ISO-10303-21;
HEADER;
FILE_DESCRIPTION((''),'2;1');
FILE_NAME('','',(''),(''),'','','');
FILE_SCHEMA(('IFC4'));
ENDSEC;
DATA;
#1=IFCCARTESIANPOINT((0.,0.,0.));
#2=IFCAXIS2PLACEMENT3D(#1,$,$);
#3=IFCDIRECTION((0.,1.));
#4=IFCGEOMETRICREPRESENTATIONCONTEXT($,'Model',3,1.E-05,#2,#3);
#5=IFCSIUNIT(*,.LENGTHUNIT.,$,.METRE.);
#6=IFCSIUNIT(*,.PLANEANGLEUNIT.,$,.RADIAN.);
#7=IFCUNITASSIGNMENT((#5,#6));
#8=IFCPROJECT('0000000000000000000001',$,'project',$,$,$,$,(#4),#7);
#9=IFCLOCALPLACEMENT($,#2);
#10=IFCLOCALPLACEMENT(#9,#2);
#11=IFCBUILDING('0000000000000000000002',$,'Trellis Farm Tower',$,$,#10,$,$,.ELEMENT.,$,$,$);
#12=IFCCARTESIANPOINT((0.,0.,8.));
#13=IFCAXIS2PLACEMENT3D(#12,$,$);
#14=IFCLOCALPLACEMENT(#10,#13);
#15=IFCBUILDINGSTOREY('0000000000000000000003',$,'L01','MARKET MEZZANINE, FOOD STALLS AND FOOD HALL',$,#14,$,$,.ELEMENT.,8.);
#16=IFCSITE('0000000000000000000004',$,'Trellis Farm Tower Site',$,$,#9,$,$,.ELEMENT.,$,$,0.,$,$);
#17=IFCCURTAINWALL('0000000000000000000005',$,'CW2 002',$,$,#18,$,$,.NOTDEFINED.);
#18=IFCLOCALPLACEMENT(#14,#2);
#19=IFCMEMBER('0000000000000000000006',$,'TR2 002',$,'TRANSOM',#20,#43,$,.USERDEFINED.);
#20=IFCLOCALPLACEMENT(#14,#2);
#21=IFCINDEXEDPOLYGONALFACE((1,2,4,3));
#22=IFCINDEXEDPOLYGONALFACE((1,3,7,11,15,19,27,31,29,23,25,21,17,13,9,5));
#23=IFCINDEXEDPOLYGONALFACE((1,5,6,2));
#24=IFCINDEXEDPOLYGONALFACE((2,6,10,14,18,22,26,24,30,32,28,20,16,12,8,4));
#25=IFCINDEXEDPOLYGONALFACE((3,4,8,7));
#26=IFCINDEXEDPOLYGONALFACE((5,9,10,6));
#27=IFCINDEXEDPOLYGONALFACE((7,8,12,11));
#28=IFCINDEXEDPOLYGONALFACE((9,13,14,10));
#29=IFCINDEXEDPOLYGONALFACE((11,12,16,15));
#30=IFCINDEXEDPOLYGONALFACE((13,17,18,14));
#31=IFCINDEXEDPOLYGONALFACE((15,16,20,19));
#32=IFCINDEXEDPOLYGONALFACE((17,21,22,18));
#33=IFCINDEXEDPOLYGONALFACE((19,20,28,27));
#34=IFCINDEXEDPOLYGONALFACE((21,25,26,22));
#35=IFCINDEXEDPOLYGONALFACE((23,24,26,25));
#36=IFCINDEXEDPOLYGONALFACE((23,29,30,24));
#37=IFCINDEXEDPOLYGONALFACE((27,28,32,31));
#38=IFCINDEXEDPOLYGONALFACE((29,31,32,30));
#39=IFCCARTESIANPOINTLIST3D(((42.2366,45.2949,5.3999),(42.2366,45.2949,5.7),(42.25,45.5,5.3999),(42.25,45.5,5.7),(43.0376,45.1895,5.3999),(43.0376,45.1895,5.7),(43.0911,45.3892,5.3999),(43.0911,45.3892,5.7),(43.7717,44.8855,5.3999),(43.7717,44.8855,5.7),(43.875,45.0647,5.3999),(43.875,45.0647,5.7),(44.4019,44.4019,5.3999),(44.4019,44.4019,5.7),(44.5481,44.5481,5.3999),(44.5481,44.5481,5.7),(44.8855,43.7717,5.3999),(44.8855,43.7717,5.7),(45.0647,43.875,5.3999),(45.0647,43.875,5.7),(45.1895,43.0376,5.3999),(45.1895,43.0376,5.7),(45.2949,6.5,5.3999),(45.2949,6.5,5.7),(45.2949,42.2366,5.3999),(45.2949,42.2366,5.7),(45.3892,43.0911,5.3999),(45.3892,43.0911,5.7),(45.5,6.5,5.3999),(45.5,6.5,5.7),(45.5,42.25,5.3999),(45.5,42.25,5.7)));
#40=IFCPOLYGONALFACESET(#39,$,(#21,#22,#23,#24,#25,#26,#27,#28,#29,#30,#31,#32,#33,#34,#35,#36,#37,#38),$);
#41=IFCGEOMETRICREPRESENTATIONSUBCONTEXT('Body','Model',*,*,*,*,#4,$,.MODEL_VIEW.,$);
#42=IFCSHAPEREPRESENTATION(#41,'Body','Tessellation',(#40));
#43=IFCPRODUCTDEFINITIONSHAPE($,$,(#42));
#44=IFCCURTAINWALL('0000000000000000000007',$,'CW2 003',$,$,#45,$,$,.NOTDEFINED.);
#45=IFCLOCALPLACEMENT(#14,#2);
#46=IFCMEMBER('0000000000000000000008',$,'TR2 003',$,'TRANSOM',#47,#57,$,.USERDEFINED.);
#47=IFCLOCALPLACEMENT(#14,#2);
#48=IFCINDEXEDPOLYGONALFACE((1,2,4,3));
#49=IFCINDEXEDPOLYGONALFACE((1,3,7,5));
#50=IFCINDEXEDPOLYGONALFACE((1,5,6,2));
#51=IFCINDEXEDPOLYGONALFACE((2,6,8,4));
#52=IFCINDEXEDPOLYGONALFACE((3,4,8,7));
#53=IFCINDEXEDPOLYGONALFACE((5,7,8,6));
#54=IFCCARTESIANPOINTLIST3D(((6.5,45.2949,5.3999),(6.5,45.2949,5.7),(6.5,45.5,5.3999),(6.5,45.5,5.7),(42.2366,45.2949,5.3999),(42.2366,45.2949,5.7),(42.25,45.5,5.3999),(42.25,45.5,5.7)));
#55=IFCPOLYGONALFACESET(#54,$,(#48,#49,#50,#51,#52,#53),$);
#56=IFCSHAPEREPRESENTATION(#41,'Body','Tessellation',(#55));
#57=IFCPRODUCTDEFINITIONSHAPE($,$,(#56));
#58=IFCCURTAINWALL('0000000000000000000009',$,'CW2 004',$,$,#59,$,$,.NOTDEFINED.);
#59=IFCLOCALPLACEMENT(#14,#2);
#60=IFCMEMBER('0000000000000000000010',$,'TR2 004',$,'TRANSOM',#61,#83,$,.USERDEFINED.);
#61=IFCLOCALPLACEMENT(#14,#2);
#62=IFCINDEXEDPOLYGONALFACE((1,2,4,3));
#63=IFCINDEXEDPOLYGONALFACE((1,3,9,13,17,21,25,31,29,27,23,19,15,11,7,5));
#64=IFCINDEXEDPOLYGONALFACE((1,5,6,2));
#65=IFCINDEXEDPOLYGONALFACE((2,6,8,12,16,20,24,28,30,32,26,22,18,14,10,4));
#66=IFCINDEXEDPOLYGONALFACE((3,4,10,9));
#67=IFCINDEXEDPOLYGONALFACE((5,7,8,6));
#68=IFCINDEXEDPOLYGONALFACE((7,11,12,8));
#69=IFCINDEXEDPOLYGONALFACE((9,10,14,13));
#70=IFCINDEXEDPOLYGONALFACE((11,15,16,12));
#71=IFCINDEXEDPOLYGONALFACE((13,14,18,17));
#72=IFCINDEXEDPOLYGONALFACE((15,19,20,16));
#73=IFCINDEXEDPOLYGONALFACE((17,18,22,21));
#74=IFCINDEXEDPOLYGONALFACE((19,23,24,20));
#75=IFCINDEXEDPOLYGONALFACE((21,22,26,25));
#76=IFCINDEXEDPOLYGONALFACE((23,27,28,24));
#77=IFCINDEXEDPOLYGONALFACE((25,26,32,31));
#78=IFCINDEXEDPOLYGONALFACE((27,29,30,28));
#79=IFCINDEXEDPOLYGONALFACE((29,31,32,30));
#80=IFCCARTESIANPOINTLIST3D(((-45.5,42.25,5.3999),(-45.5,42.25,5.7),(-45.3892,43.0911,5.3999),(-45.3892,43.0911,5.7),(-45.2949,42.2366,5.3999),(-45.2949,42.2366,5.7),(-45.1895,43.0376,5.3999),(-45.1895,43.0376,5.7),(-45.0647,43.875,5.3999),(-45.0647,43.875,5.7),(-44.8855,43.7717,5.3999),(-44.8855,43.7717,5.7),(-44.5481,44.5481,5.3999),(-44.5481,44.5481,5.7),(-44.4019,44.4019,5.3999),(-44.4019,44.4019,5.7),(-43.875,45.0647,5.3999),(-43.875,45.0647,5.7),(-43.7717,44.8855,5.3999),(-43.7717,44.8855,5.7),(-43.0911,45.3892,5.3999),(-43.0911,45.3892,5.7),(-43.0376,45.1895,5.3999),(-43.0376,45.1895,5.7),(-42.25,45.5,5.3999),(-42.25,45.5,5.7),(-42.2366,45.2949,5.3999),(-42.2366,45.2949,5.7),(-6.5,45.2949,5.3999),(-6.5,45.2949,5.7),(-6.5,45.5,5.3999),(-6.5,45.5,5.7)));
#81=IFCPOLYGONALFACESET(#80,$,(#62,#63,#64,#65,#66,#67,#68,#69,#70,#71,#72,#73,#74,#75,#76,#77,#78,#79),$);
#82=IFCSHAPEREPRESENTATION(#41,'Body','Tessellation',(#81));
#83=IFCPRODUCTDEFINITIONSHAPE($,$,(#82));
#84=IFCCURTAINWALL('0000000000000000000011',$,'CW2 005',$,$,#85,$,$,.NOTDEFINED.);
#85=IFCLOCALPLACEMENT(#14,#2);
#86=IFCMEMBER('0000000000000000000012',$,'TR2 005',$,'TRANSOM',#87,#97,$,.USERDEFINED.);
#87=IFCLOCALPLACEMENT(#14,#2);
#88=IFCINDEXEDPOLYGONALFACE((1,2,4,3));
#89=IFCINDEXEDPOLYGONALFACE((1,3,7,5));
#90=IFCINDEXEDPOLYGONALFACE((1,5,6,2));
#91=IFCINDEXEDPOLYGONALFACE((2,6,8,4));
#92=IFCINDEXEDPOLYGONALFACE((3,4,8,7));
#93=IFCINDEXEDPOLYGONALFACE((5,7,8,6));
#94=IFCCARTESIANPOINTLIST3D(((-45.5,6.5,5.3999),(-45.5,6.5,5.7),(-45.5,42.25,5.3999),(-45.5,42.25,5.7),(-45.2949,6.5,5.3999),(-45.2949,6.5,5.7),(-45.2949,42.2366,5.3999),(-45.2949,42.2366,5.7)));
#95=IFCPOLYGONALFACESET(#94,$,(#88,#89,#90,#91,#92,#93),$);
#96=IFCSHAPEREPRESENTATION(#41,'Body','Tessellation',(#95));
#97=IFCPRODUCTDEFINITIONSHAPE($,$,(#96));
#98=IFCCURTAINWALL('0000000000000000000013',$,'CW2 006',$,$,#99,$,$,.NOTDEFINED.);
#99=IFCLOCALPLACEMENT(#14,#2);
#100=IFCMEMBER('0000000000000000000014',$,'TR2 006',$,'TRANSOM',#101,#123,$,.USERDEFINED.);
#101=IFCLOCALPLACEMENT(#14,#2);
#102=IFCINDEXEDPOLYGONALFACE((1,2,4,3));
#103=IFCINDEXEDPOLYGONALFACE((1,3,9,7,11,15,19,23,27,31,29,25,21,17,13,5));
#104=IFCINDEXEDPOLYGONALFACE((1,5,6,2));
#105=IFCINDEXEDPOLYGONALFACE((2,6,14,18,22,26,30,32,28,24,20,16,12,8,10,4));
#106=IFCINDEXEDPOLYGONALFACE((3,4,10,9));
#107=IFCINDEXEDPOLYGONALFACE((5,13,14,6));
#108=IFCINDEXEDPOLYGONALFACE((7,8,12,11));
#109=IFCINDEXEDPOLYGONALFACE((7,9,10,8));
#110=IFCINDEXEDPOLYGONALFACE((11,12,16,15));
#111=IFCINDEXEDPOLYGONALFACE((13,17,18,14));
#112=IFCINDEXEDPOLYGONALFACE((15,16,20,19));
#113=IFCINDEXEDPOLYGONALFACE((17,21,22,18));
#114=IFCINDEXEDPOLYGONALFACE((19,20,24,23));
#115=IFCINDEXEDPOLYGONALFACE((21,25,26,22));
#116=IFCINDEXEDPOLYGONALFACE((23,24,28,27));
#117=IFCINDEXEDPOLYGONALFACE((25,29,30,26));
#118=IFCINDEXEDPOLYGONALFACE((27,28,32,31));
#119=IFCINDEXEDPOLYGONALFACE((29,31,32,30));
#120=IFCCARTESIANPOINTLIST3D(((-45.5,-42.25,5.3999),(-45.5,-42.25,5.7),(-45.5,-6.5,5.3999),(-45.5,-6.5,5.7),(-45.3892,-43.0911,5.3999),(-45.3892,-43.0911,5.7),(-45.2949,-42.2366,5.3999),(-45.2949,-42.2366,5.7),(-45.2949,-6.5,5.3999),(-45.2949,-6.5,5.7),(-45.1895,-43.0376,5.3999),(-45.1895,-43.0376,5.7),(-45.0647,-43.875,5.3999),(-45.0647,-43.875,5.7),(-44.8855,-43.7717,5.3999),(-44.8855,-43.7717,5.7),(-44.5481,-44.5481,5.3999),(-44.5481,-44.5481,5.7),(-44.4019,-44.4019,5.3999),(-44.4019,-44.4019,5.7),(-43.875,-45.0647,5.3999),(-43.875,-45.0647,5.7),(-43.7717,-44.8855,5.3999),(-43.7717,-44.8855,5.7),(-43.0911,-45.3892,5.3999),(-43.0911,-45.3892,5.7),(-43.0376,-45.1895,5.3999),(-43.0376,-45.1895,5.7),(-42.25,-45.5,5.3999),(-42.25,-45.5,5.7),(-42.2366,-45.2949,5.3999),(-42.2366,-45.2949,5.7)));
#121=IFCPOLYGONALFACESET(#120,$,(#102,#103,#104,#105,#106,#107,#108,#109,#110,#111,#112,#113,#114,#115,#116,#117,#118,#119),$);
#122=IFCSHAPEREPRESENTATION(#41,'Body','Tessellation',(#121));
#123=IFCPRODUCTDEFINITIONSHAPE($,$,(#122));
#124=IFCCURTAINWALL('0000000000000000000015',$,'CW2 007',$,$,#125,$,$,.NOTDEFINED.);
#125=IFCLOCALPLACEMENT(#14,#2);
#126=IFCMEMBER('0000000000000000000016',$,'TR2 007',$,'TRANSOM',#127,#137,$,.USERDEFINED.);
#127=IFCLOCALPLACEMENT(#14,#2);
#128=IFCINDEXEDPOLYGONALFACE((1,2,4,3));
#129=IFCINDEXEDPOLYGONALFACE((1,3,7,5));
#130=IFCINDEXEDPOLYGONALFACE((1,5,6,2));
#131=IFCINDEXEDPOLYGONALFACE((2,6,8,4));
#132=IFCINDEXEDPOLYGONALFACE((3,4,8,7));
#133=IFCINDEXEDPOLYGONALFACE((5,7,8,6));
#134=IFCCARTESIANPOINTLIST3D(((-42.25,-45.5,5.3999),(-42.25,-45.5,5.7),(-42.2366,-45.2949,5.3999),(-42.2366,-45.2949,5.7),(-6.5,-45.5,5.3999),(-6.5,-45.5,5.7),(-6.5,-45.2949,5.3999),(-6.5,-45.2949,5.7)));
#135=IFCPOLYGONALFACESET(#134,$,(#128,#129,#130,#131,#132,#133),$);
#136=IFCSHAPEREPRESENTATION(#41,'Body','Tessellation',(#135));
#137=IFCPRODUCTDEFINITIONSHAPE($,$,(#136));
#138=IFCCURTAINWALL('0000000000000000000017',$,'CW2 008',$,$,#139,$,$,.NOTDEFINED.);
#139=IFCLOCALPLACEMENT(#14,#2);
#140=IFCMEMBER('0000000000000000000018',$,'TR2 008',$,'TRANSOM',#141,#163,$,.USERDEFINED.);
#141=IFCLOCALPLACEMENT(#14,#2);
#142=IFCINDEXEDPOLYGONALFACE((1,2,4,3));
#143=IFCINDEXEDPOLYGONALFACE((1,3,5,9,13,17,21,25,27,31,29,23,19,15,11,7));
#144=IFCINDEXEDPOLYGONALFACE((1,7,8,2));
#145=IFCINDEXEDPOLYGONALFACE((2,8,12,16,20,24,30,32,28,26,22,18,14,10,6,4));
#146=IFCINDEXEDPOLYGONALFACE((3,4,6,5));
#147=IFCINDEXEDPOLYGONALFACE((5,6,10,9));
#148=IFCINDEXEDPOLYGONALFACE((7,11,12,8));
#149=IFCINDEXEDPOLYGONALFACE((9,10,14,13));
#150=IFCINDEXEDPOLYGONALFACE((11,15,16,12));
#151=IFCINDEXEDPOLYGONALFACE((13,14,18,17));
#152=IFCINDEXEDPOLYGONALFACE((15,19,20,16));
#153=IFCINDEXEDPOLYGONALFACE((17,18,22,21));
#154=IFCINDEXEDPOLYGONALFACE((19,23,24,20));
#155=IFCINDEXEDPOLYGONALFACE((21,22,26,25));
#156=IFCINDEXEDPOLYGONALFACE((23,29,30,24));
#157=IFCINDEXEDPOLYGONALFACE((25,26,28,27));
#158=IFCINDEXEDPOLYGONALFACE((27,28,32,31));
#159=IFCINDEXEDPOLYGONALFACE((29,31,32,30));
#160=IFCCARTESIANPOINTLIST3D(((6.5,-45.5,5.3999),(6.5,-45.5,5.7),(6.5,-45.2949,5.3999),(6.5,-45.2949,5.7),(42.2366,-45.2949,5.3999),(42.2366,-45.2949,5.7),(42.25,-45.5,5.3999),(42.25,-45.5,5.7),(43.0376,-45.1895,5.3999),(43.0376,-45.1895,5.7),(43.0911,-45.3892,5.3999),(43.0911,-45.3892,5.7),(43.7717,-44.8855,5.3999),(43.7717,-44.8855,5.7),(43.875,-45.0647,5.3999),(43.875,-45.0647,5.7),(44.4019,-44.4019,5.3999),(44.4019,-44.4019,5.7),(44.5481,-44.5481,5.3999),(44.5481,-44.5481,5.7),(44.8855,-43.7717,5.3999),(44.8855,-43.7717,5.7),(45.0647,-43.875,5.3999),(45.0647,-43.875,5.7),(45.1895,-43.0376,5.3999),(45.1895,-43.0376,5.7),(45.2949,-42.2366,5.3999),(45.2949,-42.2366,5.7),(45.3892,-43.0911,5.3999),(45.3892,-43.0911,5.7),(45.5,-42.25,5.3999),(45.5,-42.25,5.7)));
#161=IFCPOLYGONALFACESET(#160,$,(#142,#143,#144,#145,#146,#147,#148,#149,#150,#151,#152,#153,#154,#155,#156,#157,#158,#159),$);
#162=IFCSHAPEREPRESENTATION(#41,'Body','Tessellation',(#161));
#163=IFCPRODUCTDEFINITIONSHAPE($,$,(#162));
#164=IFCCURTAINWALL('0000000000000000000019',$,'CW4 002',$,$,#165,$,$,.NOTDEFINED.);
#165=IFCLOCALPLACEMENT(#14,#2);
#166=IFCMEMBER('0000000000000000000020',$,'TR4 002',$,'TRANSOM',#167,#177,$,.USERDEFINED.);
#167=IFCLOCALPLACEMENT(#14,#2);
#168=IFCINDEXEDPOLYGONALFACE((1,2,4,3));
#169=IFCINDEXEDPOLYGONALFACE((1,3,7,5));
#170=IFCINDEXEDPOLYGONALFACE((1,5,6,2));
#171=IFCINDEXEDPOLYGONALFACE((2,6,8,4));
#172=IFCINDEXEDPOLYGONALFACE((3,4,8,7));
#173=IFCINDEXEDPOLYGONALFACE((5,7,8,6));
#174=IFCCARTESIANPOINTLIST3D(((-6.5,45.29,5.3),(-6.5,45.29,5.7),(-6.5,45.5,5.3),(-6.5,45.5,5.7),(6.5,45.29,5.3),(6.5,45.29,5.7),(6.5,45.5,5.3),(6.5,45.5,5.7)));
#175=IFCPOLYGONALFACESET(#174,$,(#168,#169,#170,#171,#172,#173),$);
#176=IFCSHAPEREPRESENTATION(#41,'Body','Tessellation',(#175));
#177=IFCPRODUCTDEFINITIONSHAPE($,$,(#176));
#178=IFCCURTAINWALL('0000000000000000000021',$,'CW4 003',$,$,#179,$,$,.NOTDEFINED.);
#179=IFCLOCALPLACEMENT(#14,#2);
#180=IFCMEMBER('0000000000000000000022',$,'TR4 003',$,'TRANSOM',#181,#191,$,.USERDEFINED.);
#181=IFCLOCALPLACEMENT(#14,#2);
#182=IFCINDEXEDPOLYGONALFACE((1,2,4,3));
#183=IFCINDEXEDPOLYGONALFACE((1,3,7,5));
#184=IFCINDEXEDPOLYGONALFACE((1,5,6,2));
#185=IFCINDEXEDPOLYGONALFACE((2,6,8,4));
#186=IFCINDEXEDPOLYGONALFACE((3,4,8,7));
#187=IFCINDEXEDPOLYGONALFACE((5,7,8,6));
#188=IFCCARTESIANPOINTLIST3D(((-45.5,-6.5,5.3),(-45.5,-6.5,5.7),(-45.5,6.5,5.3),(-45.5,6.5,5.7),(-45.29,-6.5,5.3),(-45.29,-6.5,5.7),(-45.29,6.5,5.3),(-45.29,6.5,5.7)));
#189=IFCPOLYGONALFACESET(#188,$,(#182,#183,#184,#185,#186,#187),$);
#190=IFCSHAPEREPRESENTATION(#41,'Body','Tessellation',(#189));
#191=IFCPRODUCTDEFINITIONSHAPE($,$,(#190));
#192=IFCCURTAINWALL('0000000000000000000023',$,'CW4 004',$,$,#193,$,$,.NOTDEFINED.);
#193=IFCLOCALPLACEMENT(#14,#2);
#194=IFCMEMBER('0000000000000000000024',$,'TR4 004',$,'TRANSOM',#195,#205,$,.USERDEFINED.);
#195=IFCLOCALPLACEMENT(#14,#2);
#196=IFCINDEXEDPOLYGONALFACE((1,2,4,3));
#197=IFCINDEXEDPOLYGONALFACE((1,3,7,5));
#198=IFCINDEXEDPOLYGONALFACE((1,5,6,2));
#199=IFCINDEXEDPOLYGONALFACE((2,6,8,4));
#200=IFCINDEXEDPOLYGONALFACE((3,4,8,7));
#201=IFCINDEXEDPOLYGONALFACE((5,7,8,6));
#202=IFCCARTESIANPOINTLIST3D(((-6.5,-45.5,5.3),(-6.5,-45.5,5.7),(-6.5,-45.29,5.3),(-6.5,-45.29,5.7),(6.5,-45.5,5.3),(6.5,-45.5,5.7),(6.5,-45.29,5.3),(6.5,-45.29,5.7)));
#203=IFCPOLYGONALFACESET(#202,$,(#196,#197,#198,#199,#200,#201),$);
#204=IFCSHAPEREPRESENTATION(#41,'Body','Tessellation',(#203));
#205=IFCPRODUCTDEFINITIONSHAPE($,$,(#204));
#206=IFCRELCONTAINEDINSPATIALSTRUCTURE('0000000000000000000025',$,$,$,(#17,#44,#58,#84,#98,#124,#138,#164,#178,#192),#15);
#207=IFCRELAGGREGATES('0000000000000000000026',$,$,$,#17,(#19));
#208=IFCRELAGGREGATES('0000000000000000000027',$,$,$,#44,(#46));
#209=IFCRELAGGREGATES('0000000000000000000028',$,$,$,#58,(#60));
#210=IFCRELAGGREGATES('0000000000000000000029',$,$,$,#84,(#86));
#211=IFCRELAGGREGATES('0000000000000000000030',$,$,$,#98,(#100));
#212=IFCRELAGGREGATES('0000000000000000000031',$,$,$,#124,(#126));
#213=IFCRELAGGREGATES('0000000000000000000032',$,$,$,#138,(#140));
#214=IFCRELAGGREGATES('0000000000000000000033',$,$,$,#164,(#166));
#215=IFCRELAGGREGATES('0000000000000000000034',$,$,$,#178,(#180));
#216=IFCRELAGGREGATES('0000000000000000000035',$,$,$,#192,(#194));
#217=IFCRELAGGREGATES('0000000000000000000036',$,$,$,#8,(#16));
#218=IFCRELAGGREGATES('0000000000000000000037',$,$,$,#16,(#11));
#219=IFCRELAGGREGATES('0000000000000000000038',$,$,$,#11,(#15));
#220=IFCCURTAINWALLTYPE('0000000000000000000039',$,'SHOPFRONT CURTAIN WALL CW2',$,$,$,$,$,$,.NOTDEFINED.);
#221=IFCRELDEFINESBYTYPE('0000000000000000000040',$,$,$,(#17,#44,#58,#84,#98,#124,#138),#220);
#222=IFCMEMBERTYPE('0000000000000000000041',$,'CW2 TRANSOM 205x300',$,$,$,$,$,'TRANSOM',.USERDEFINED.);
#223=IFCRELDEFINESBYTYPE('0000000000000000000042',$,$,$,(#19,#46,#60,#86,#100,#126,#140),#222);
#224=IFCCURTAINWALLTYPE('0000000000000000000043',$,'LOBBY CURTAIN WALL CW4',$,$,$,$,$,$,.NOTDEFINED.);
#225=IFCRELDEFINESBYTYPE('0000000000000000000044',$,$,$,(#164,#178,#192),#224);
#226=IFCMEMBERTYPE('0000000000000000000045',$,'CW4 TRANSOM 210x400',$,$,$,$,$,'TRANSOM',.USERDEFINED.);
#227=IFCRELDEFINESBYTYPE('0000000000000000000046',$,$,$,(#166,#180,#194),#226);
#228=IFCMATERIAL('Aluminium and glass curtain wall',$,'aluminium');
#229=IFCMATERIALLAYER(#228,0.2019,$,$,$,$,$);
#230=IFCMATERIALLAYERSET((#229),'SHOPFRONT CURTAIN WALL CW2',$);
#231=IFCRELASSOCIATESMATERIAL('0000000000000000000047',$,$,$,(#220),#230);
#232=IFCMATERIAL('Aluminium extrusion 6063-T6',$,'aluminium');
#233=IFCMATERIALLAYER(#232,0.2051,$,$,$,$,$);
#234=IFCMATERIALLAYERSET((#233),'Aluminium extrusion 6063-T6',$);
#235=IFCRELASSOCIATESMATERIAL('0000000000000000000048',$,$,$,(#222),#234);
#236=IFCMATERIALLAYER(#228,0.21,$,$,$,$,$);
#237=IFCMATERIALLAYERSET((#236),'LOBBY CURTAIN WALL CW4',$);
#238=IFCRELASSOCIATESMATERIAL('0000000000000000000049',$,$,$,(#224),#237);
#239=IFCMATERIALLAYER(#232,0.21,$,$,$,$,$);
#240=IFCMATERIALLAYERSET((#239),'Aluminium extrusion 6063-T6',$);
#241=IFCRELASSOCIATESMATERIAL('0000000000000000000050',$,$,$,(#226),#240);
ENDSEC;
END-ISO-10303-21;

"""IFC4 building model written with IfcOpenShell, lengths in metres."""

from ifc_helpers import new_model, si_unit, direction, frame, origin, place, context, subcontext, project, spatial, polyline, outline, extrude, material, layer, layer_set, type_object, element, aggregate, save


model = new_model("IFC4")

# Units and contexts
model_context = context("Model", 3, precision=1e-05, world=origin(), true_north=direction((0.0, 1.0)))
body_context = subcontext(model_context, "Body", "Model", "MODEL_VIEW")
ifc_project = project(units=[si_unit("LENGTHUNIT", "METRE"), si_unit("PLANEANGLEUNIT", "RADIAN")], contexts=[model_context])

# Site, building, storey
site_placement = place(None, origin())
site = spatial("IfcSite", under=ifc_project, at=site_placement, Name="Trellis Farm Tower Site", CompositionType="ELEMENT", RefElevation=0.0)
building_placement = place(site_placement, origin())
building = spatial("IfcBuilding", under=site, at=building_placement, Name="Trellis Farm Tower", CompositionType="ELEMENT")
storey_placement = place(building_placement, frame((0.0, 0.0, 8.0)))
storey = spatial("IfcBuildingStorey", under=building, at=storey_placement, Name="L01", Description="MARKET MEZZANINE, FOOD STALLS AND FOOD HALL", CompositionType="ELEMENT", Elevation=8.0)

# Curtain walls, members
ifc_material_1 = material(Name="Aluminium and glass curtain wall", Category="aluminium")
ifc_layer_1 = layer(ifc_material_1, 0.2019)
ifc_layer_set_1 = layer_set([ifc_layer_1], Name="SHOPFRONT CURTAIN WALL CW2")
curtain_wall_type_1 = type_object("IfcCurtainWallType", Name="SHOPFRONT CURTAIN WALL CW2", PredefinedType="NOTDEFINED", material=ifc_layer_set_1)
placement_1 = place(storey_placement, origin())
curtain_wall_1 = element("IfcCurtainWall", 1, at=placement_1, inside=storey, type_object=curtain_wall_type_1, Name="CW2 002", PredefinedType="NOTDEFINED")
ifc_material_2 = material(Name="Aluminium extrusion 6063-T6", Category="aluminium")
ifc_layer_2 = layer(ifc_material_2, 0.2051)
ifc_layer_set_2 = layer_set([ifc_layer_2], Name="Aluminium extrusion 6063-T6")
member_type_1 = type_object("IfcMemberType", Name="CW2 TRANSOM 205x300", ElementType="TRANSOM", PredefinedType="USERDEFINED", material=ifc_layer_set_2)
placement_2 = place(storey_placement, frame((0.0, 0.0, 5.3999)))
member_1 = element("IfcMember", 2, at=placement_2, type_object=member_type_1, Name="TR2 002", ObjectType="TRANSOM", PredefinedType="USERDEFINED", context=body_context, shape_type="SweptSolid", body=[
    extrude(outline(polyline([(45.5, 6.5), (45.5, 42.25), (45.3892, 43.0911), (45.0647, 43.875), (44.5481, 44.5481), (43.875, 45.0647), (43.0911, 45.3892), (42.25, 45.5), (42.2366, 45.2949), (43.0376, 45.1895), (43.7717, 44.8855), (44.4019, 44.4019), (44.8855, 43.7717), (45.1895, 43.0376), (45.2949, 42.2366), (45.2949, 6.5), (45.5, 6.5)])), origin(), (0.0, 0.0, 1.0), 0.3),
])
aggregate(curtain_wall_1, [member_1])
curtain_wall_2 = element("IfcCurtainWall", 3, at=placement_1, inside=storey, type_object=curtain_wall_type_1, Name="CW2 003", PredefinedType="NOTDEFINED")
member_2 = element("IfcMember", 4, at=placement_2, type_object=member_type_1, Name="TR2 003", ObjectType="TRANSOM", PredefinedType="USERDEFINED", context=body_context, shape_type="SweptSolid", body=[
    extrude(outline(polyline([(42.25, 45.5), (6.5, 45.5), (6.5, 45.2949), (42.2366, 45.2949), (42.25, 45.5)])), origin(), (0.0, 0.0, 1.0), 0.3),
])
curtain_wall_3 = element("IfcCurtainWall", 5, at=placement_1, inside=storey, type_object=curtain_wall_type_1, Name="CW2 004", PredefinedType="NOTDEFINED")
member_3 = element("IfcMember", 6, at=placement_2, type_object=member_type_1, Name="TR2 004", ObjectType="TRANSOM", PredefinedType="USERDEFINED", context=body_context, shape_type="SweptSolid", body=[
    extrude(outline(polyline([(-6.5, 45.5), (-42.25, 45.5), (-43.0911, 45.3892), (-43.875, 45.0647), (-44.5481, 44.5481), (-45.0647, 43.875), (-45.3892, 43.0911), (-45.5, 42.25), (-45.2949, 42.2366), (-45.1895, 43.0376), (-44.8855, 43.7717), (-44.4019, 44.4019), (-43.7717, 44.8855), (-43.0376, 45.1895), (-42.2366, 45.2949), (-6.5, 45.2949), (-6.5, 45.5)])), origin(), (0.0, 0.0, 1.0), 0.3),
])
curtain_wall_4 = element("IfcCurtainWall", 7, at=placement_1, inside=storey, type_object=curtain_wall_type_1, Name="CW2 005", PredefinedType="NOTDEFINED")
member_4 = element("IfcMember", 8, at=placement_2, type_object=member_type_1, Name="TR2 005", ObjectType="TRANSOM", PredefinedType="USERDEFINED", context=body_context, shape_type="SweptSolid", body=[
    extrude(outline(polyline([(-45.5, 42.25), (-45.5, 6.5), (-45.2949, 6.5), (-45.2949, 42.2366), (-45.5, 42.25)])), origin(), (0.0, 0.0, 1.0), 0.3),
])
curtain_wall_5 = element("IfcCurtainWall", 9, at=placement_1, inside=storey, type_object=curtain_wall_type_1, Name="CW2 006", PredefinedType="NOTDEFINED")
member_5 = element("IfcMember", 10, at=placement_2, type_object=member_type_1, Name="TR2 006", ObjectType="TRANSOM", PredefinedType="USERDEFINED", context=body_context, shape_type="SweptSolid", body=[
    extrude(outline(polyline([(-45.5, -6.5), (-45.5, -42.25), (-45.3892, -43.0911), (-45.0647, -43.875), (-44.5481, -44.5481), (-43.875, -45.0647), (-43.0911, -45.3892), (-42.25, -45.5), (-42.2366, -45.2949), (-43.0376, -45.1895), (-43.7717, -44.8855), (-44.4019, -44.4019), (-44.8855, -43.7717), (-45.1895, -43.0376), (-45.2949, -42.2366), (-45.2949, -6.5), (-45.5, -6.5)])), origin(), (0.0, 0.0, 1.0), 0.3),
])
curtain_wall_6 = element("IfcCurtainWall", 11, at=placement_1, inside=storey, type_object=curtain_wall_type_1, Name="CW2 007", PredefinedType="NOTDEFINED")
member_6 = element("IfcMember", 12, at=placement_2, type_object=member_type_1, Name="TR2 007", ObjectType="TRANSOM", PredefinedType="USERDEFINED", context=body_context, shape_type="SweptSolid", body=[
    extrude(outline(polyline([(-42.25, -45.5), (-6.5, -45.5), (-6.5, -45.2949), (-42.2366, -45.2949), (-42.25, -45.5)])), origin(), (0.0, 0.0, 1.0), 0.3),
])
curtain_wall_7 = element("IfcCurtainWall", 13, at=placement_1, inside=storey, type_object=curtain_wall_type_1, Name="CW2 008", PredefinedType="NOTDEFINED")
member_7 = element("IfcMember", 14, at=placement_2, type_object=member_type_1, Name="TR2 008", ObjectType="TRANSOM", PredefinedType="USERDEFINED", context=body_context, shape_type="SweptSolid", body=[
    extrude(outline(polyline([(6.5, -45.5), (42.25, -45.5), (43.0911, -45.3892), (43.875, -45.0647), (44.5481, -44.5481), (45.0647, -43.875), (45.3892, -43.0911), (45.5, -42.25), (45.2949, -42.2366), (45.1895, -43.0376), (44.8855, -43.7717), (44.4019, -44.4019), (43.7717, -44.8855), (43.0376, -45.1895), (42.2366, -45.2949), (6.5, -45.2949), (6.5, -45.5)])), origin(), (0.0, 0.0, 1.0), 0.3),
])
ifc_layer_3 = layer(ifc_material_1, 0.21)
ifc_layer_set_3 = layer_set([ifc_layer_3], Name="LOBBY CURTAIN WALL CW4")
curtain_wall_type_2 = type_object("IfcCurtainWallType", Name="LOBBY CURTAIN WALL CW4", PredefinedType="NOTDEFINED", material=ifc_layer_set_3)
curtain_wall_8 = element("IfcCurtainWall", 15, at=placement_1, inside=storey, type_object=curtain_wall_type_2, Name="CW4 002", PredefinedType="NOTDEFINED")
ifc_layer_4 = layer(ifc_material_2, 0.21)
ifc_layer_set_4 = layer_set([ifc_layer_4], Name="Aluminium extrusion 6063-T6")
member_type_2 = type_object("IfcMemberType", Name="CW4 TRANSOM 210x400", ElementType="TRANSOM", PredefinedType="USERDEFINED", material=ifc_layer_set_4)
placement_3 = place(storey_placement, frame((0.0, 0.0, 5.3)))
member_8 = element("IfcMember", 16, at=placement_3, type_object=member_type_2, Name="TR4 002", ObjectType="TRANSOM", PredefinedType="USERDEFINED", context=body_context, shape_type="SweptSolid", body=[
    extrude(outline(polyline([(6.5, 45.5), (-6.5, 45.5), (-6.5, 45.29), (6.5, 45.29), (6.5, 45.5)])), origin(), (0.0, 0.0, 1.0), 0.3999),
])
curtain_wall_9 = element("IfcCurtainWall", 17, at=placement_1, inside=storey, type_object=curtain_wall_type_2, Name="CW4 003", PredefinedType="NOTDEFINED")
member_9 = element("IfcMember", 18, at=placement_3, type_object=member_type_2, Name="TR4 003", ObjectType="TRANSOM", PredefinedType="USERDEFINED", context=body_context, shape_type="SweptSolid", body=[
    extrude(outline(polyline([(-45.5, 6.5), (-45.5, -6.5), (-45.29, -6.5), (-45.29, 6.5), (-45.5, 6.5)])), origin(), (0.0, 0.0, 1.0), 0.3999),
])
curtain_wall_10 = element("IfcCurtainWall", 19, at=placement_1, inside=storey, type_object=curtain_wall_type_2, Name="CW4 004", PredefinedType="NOTDEFINED")
member_10 = element("IfcMember", 20, at=placement_3, type_object=member_type_2, Name="TR4 004", ObjectType="TRANSOM", PredefinedType="USERDEFINED", context=body_context, shape_type="SweptSolid", body=[
    extrude(outline(polyline([(-6.5, -45.5), (6.5, -45.5), (6.5, -45.29), (-6.5, -45.29), (-6.5, -45.5)])), origin(), (0.0, 0.0, 1.0), 0.3999),
])

aggregate(curtain_wall_2, [member_2])
aggregate(curtain_wall_3, [member_3])
aggregate(curtain_wall_4, [member_4])
aggregate(curtain_wall_5, [member_5])
aggregate(curtain_wall_6, [member_6])
aggregate(curtain_wall_7, [member_7])
aggregate(curtain_wall_8, [member_8])
aggregate(curtain_wall_9, [member_9])
aggregate(curtain_wall_10, [member_10])

save(model, "model.ifc")
